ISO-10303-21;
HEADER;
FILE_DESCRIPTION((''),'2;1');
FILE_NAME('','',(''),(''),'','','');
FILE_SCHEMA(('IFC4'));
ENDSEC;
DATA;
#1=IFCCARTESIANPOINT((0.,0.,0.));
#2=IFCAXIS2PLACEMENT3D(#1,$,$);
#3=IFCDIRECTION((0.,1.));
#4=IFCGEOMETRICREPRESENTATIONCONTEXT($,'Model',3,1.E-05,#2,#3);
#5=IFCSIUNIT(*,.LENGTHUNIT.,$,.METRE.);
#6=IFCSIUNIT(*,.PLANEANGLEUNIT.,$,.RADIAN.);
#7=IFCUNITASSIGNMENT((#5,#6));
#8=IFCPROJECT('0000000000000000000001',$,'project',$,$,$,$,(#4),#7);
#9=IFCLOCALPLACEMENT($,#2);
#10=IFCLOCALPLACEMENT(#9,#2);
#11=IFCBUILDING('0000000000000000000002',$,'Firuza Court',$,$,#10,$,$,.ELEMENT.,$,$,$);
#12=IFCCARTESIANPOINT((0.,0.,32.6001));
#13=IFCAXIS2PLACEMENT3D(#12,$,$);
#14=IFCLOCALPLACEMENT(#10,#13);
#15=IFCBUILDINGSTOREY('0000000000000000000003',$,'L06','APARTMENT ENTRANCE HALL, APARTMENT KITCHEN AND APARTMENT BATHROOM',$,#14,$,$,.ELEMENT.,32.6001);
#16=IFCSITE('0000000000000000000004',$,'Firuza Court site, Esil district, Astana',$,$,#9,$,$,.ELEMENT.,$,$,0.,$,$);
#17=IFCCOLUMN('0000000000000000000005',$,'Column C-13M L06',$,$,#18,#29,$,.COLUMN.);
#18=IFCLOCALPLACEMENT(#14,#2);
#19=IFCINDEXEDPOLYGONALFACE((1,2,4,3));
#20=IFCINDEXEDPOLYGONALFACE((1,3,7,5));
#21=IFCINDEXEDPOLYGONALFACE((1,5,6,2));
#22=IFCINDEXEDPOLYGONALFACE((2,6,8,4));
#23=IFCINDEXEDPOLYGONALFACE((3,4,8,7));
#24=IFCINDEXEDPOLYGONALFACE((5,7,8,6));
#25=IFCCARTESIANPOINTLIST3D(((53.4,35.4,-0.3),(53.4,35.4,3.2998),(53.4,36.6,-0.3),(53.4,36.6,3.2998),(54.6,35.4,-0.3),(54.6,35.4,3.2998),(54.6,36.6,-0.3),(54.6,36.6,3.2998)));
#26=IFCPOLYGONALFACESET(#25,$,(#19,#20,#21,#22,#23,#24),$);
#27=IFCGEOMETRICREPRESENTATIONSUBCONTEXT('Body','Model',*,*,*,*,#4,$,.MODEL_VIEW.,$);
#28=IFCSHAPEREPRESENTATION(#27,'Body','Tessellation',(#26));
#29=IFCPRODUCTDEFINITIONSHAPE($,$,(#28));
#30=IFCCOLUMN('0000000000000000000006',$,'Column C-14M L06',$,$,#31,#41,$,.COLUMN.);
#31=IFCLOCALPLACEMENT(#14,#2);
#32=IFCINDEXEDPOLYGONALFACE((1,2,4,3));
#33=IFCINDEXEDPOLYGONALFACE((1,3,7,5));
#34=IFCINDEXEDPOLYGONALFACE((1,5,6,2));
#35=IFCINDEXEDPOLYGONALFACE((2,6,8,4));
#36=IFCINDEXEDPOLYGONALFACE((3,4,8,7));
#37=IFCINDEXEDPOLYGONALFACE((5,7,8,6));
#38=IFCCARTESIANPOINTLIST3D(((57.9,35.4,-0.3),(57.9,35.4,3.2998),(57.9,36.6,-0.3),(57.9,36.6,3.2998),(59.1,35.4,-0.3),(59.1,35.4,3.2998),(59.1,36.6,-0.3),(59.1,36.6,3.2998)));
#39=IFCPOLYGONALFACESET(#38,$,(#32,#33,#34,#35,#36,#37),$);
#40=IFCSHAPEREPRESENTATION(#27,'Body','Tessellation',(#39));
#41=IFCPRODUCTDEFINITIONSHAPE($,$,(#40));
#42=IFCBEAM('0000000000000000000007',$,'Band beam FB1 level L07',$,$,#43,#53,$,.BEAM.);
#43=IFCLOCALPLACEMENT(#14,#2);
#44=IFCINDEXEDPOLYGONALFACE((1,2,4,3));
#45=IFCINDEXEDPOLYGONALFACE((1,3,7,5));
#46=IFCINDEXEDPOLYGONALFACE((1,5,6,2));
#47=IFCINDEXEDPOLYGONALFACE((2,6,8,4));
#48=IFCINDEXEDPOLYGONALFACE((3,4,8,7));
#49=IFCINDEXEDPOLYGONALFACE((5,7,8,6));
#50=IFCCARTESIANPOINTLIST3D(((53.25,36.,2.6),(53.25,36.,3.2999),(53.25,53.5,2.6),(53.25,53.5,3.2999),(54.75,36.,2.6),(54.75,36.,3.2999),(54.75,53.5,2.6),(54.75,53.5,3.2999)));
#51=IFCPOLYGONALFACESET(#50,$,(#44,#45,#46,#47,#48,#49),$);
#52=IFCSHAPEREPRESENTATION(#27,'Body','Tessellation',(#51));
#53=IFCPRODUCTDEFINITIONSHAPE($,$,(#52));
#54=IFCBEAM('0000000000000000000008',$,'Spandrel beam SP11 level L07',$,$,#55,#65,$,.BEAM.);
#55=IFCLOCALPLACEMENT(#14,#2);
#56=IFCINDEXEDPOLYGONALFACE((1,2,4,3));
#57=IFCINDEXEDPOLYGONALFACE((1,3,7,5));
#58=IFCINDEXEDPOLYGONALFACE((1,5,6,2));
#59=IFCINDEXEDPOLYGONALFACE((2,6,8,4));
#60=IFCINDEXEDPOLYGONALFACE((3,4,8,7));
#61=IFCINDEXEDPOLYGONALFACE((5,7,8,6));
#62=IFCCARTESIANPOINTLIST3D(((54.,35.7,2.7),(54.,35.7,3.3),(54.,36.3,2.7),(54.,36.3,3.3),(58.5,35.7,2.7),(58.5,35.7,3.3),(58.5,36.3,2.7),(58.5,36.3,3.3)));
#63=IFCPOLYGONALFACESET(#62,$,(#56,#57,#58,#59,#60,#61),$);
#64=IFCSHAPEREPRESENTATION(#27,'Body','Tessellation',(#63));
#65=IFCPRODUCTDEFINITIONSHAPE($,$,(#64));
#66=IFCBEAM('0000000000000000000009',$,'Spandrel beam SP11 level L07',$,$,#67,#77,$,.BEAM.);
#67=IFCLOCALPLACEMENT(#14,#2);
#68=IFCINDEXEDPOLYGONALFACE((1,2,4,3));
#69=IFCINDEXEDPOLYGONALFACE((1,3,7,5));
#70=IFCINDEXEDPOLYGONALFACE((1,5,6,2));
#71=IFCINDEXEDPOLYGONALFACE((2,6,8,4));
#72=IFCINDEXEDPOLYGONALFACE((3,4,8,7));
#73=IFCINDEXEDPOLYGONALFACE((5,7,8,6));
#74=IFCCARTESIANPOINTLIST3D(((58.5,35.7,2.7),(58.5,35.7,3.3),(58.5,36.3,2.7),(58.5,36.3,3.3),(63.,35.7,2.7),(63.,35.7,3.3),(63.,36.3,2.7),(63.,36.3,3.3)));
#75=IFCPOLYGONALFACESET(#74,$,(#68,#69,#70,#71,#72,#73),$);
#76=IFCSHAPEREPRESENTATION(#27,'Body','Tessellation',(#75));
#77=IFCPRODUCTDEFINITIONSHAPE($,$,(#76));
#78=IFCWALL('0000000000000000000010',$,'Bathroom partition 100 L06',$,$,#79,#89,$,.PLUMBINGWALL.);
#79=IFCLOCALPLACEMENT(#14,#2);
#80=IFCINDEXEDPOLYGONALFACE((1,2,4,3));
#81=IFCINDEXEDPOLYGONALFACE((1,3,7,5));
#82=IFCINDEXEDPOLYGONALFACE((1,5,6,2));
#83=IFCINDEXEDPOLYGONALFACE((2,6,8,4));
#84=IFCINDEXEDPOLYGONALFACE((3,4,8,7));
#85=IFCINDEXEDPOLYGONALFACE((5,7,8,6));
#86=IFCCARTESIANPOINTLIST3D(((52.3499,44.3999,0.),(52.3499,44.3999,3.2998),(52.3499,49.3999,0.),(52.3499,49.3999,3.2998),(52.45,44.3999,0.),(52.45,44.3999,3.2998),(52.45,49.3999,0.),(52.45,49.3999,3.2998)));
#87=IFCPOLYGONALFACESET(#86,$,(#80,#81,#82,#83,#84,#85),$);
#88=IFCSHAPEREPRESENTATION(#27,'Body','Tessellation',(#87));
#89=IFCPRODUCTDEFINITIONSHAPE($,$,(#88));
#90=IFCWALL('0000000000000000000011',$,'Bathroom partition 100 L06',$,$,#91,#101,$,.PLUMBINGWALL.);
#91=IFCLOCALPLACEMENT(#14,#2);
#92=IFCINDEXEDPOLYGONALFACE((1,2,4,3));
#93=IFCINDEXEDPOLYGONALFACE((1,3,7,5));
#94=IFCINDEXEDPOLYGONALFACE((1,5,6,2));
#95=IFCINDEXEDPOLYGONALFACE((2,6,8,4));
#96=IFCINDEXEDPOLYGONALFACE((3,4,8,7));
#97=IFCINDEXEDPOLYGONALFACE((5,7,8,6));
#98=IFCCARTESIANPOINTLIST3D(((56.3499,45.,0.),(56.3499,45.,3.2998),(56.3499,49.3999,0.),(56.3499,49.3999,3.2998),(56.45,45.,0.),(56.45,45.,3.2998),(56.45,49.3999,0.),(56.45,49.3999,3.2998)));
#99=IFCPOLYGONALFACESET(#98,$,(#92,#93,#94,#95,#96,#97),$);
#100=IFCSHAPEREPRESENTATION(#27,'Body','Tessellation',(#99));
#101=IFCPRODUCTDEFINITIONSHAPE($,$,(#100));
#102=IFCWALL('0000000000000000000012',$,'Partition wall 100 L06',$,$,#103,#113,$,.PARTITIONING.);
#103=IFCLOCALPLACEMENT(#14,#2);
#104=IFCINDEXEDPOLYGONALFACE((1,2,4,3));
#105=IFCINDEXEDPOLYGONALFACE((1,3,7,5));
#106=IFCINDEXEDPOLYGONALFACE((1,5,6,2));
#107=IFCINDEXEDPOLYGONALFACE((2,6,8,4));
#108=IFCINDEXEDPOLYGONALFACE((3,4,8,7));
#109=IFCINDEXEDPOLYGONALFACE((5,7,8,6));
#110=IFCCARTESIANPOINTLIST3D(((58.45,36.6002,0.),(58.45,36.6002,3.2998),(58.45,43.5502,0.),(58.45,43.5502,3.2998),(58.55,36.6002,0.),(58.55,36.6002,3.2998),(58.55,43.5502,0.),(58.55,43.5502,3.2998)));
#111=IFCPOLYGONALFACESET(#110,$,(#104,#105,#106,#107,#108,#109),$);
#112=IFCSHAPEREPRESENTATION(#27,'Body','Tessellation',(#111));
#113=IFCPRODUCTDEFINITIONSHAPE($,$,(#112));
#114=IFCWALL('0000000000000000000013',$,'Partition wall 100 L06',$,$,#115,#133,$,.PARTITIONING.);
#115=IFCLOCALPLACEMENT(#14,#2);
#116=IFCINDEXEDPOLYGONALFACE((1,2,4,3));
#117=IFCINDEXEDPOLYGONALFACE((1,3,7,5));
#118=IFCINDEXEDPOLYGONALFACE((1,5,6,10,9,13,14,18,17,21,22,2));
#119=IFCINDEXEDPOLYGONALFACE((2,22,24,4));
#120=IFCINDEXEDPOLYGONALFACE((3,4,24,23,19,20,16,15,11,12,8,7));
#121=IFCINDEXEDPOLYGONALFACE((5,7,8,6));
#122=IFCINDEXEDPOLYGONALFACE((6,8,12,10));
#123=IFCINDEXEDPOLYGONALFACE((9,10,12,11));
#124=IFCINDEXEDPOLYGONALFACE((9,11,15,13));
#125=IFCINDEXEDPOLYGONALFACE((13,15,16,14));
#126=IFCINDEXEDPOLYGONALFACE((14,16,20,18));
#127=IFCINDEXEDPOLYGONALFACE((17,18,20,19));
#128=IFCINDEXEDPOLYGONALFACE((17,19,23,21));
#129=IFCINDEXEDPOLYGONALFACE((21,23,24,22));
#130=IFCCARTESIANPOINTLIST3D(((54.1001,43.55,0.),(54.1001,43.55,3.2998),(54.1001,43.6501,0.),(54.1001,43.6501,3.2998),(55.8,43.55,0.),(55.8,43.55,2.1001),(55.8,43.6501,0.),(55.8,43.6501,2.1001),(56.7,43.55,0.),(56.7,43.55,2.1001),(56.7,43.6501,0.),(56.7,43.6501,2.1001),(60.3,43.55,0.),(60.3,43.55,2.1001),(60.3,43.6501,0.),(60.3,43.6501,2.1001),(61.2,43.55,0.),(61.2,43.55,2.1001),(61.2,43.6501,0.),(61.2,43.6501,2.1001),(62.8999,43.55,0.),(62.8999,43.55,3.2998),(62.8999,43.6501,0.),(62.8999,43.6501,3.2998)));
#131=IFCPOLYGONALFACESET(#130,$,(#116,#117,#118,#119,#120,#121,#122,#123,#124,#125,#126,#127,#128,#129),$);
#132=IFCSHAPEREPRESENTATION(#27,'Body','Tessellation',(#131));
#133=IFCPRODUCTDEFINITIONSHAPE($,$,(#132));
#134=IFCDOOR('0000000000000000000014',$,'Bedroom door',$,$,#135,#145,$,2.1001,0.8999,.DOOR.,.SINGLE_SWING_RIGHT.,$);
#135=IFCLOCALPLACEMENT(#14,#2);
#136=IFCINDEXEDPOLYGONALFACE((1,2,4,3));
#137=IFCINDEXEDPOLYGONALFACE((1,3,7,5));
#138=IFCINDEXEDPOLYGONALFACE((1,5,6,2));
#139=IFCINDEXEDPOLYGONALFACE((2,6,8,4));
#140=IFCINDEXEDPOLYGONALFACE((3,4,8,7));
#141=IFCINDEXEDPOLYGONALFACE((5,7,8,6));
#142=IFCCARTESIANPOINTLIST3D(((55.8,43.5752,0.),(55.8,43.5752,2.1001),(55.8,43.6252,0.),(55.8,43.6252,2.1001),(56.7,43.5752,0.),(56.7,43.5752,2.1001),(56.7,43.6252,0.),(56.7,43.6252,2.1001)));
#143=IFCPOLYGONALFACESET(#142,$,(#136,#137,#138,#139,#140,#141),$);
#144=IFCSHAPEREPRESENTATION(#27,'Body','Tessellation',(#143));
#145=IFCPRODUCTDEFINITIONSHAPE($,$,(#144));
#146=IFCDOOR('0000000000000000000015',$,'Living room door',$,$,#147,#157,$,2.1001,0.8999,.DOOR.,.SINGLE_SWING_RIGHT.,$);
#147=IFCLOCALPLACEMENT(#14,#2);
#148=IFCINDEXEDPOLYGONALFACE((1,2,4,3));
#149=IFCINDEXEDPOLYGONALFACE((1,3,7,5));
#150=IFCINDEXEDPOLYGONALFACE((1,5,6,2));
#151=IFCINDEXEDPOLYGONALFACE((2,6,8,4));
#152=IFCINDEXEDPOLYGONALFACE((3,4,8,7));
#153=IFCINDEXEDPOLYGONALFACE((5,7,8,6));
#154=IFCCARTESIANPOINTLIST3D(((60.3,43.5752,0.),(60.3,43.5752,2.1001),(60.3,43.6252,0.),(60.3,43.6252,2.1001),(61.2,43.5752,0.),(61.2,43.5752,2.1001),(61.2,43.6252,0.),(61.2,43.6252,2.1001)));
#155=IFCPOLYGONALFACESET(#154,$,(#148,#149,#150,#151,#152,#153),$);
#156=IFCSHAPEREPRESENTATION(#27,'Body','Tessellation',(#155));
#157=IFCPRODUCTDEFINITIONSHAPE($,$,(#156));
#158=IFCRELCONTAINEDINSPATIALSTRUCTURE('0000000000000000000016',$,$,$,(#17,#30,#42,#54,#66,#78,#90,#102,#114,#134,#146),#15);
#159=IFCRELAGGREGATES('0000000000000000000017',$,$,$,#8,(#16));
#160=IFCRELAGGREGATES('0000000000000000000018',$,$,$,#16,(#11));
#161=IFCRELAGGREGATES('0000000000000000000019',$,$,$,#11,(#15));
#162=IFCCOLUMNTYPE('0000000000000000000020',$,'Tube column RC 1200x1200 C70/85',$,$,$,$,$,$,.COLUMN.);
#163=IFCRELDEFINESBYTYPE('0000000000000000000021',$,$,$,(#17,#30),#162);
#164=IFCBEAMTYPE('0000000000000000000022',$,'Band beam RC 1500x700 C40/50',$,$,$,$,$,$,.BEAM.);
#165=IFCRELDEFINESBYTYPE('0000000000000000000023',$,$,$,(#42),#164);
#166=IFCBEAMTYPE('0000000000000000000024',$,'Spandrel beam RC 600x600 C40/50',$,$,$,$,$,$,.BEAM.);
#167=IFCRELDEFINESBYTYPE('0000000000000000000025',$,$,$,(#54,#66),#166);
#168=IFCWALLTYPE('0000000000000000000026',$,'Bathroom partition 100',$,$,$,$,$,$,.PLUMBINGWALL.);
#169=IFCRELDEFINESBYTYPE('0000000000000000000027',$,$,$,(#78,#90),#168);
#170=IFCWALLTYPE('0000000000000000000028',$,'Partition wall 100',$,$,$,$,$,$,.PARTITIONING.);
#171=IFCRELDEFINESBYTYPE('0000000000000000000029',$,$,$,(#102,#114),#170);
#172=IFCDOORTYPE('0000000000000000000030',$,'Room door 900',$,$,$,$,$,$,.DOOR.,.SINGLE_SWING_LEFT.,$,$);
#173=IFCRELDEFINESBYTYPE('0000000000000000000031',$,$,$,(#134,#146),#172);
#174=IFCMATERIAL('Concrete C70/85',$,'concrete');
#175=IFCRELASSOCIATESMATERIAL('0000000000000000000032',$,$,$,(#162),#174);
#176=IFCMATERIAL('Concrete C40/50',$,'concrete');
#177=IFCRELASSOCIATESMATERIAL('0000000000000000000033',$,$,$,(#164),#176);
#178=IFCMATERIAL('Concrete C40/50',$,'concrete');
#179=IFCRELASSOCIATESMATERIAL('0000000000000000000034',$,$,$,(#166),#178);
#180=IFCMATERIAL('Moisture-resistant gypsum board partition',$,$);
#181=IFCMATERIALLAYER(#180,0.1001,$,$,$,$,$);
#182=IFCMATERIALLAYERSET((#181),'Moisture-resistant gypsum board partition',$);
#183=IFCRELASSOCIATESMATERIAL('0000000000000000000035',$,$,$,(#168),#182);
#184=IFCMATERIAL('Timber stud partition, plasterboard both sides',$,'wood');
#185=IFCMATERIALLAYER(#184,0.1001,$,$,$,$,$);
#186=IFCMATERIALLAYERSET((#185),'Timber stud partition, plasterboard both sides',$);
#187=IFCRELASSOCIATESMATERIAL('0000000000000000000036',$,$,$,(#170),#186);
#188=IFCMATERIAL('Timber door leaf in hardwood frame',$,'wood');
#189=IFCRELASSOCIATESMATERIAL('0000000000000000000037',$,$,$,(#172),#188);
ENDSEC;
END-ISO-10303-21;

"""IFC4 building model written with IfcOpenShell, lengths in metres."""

from ifc_helpers import new_model, si_unit, direction, frame, frame_2d, origin, origin_2d, place, context, subcontext, project, spatial, rectangle, extrude, material, layer, layer_set, material_profile, profile_set, type_object, element, fill, save


model = new_model("IFC4")

# Units and contexts
model_context = context("Model", 3, precision=1e-05, world=origin(), true_north=direction((0.0, 1.0)))
body_context = subcontext(model_context, "Body", "Model", "MODEL_VIEW")
ifc_project = project(units=[si_unit("LENGTHUNIT", "METRE"), si_unit("PLANEANGLEUNIT", "RADIAN")], contexts=[model_context])

# Site, building, storey
site_placement = place(None, origin())
site = spatial("IfcSite", under=ifc_project, at=site_placement, Name="Firuza Court site, Esil district, Astana", CompositionType="ELEMENT", RefElevation=0.0)
building_placement = place(site_placement, origin())
building = spatial("IfcBuilding", under=site, at=building_placement, Name="Firuza Court", CompositionType="ELEMENT")
storey_placement = place(building_placement, frame((0.0, 0.0, 32.6001)))
storey = spatial("IfcBuildingStorey", under=building, at=storey_placement, Name="L06", Description="APARTMENT ENTRANCE HALL, APARTMENT KITCHEN AND APARTMENT BATHROOM", CompositionType="ELEMENT", Elevation=32.6001)

# Columns
ifc_material_1 = material(Name="Concrete C70/85", Category="concrete")
ifc_material_profile_1 = material_profile(ifc_material_1, rectangle(XDim=1.2, YDim=1.2, at=origin_2d()), Name="RC 1200x1200")
ifc_profile_set_1 = profile_set([ifc_material_profile_1], Name="Concrete C70/85")
column_type = type_object("IfcColumnType", Name="Tube column RC 1200x1200 C70/85", PredefinedType="COLUMN", material=ifc_profile_set_1)
for number, where, z_axis, x_axis, name in (
    (1, (54.0, 36.0, -0.3), (0.0, 0.0, 1.0), (1.0, 0.0, 0.0), "Column C-13M L06"),
    (2, (58.5, 36.0, -0.3), (0.0, 0.0, 1.0), (1.0, 0.0, 0.0), "Column C-14M L06"),
):
    element("IfcColumn", number, at=place(storey_placement, frame(where, z_axis=z_axis, x_axis=x_axis)), inside=storey, type_object=column_type, Name=name, PredefinedType="COLUMN", context=body_context, shape_type="SweptSolid", body=[
        extrude(rectangle(XDim=1.2, YDim=1.2, at=origin_2d()), origin(), (0.0, 0.0, 1.0), 3.5999),
    ])

# Beams
ifc_material_2 = material(Name="Concrete C40/50", Category="concrete")
ifc_material_profile_2 = material_profile(ifc_material_2, rectangle(XDim=1.5, YDim=0.7, at=origin_2d()), Name="RC 1500x700")
ifc_profile_set_2 = profile_set([ifc_material_profile_2], Name="Concrete C40/50")
beam_type_1 = type_object("IfcBeamType", Name="Band beam RC 1500x700 C40/50", PredefinedType="BEAM", material=ifc_profile_set_2)
beam_placement = place(storey_placement, frame((54.0, 36.0, 2.95), z_axis=(0.0, 1.0, 0.0), x_axis=(-1.0, 0.0, 0.0)))
element("IfcBeam", 3, at=beam_placement, inside=storey, type_object=beam_type_1, Name="Band beam FB1 level L07", PredefinedType="BEAM", context=body_context, shape_type="SweptSolid", body=[
    extrude(rectangle(XDim=1.5, YDim=0.7, at=origin_2d()), origin(), (0.0, 0.0, 1.0), 17.5),
])
ifc_material_3 = material(Name="Concrete C40/50", Category="concrete")
ifc_material_profile_3 = material_profile(ifc_material_3, rectangle(XDim=0.6001, YDim=0.6001, at=origin_2d()), Name="RC 600x600")
ifc_profile_set_3 = profile_set([ifc_material_profile_3], Name="Concrete C40/50")
beam_type_2 = type_object("IfcBeamType", Name="Spandrel beam RC 600x600 C40/50", PredefinedType="BEAM", material=ifc_profile_set_3)
for number, where, z_axis, x_axis, name in (
    (4, (54.0, 36.0, 3.0), (1.0, 0.0, 0.0), (0.0, 1.0, 0.0), "Spandrel beam SP11 level L07"),
    (5, (58.5, 36.0, 3.0), (1.0, 0.0, 0.0), (0.0, 1.0, 0.0), "Spandrel beam SP11 level L07"),
):
    element("IfcBeam", number, at=place(storey_placement, frame(where, z_axis=z_axis, x_axis=x_axis)), inside=storey, type_object=beam_type_2, Name=name, PredefinedType="BEAM", context=body_context, shape_type="SweptSolid", body=[
        extrude(rectangle(XDim=0.6001, YDim=0.6001, at=origin_2d()), origin(), (0.0, 0.0, 1.0), 4.5),
    ])

# Walls
ifc_material_4 = material(Name="Moisture-resistant gypsum board partition")
ifc_layer_1 = layer(ifc_material_4, 0.1001)
ifc_layer_set_1 = layer_set([ifc_layer_1], Name="Moisture-resistant gypsum board partition")
wall_type_1 = type_object("IfcWallType", Name="Bathroom partition 100", PredefinedType="PLUMBINGWALL", material=ifc_layer_set_1)
wall_1_placement = place(storey_placement, frame((52.3999, 44.3999, 0.0), z_axis=(0.0, 0.0, 1.0), x_axis=(0.0, 1.0, 0.0)))
element("IfcWall", 6, at=wall_1_placement, inside=storey, type_object=wall_type_1, Name="Bathroom partition 100 L06", PredefinedType="PLUMBINGWALL", context=body_context, shape_type="SweptSolid", body=[
    extrude(rectangle(XDim=5.0, YDim=0.1001, at=frame_2d((2.5, 0.0))), origin(), (0.0, 0.0, 1.0), 3.2998),
])
wall_2_placement = place(storey_placement, frame((56.3999, 45.0, 0.0), z_axis=(0.0, 0.0, 1.0), x_axis=(0.0, 1.0, 0.0)))
element("IfcWall", 7, at=wall_2_placement, inside=storey, type_object=wall_type_1, Name="Bathroom partition 100 L06", PredefinedType="PLUMBINGWALL", context=body_context, shape_type="SweptSolid", body=[
    extrude(rectangle(XDim=4.3999, YDim=0.1001, at=frame_2d((2.2, 0.0))), origin(), (0.0, 0.0, 1.0), 3.2998),
])
ifc_material_5 = material(Name="Timber stud partition, plasterboard both sides", Category="wood")
ifc_layer_2 = layer(ifc_material_5, 0.1001)
ifc_layer_set_2 = layer_set([ifc_layer_2], Name="Timber stud partition, plasterboard both sides")
wall_type_2 = type_object("IfcWallType", Name="Partition wall 100", PredefinedType="PARTITIONING", material=ifc_layer_set_2)
wall_3_placement = place(storey_placement, frame((58.5, 36.6001, 0.0), z_axis=(0.0, 0.0, 1.0), x_axis=(0.0, 1.0, 0.0)))
element("IfcWall", 8, at=wall_3_placement, inside=storey, type_object=wall_type_2, Name="Partition wall 100 L06", PredefinedType="PARTITIONING", context=body_context, shape_type="SweptSolid", body=[
    extrude(rectangle(XDim=6.95, YDim=0.1001, at=frame_2d((3.4751, 0.0))), origin(), (0.0, 0.0, 1.0), 3.2998),
])

# Wall, openings, doors
wall_4_placement = place(storey_placement, frame((54.1001, 43.6001, 0.0), z_axis=(0.0, 0.0, 1.0), x_axis=(1.0, 0.0, 0.0)))
wall_4 = element("IfcWall", 9, at=wall_4_placement, inside=storey, type_object=wall_type_2, Name="Partition wall 100 L06", PredefinedType="PARTITIONING", context=body_context, shape_type="SweptSolid", body=[
    extrude(rectangle(XDim=8.7998, YDim=0.1001, at=frame_2d((4.3999, 0.0))), origin(), (0.0, 0.0, 1.0), 3.2998),
])
opening_1_placement = place(wall_4_placement, frame((1.7, 0.0, 0.0)))
opening_1 = element("IfcOpeningElement", 10, at=opening_1_placement, cuts=wall_4, PredefinedType="OPENING", context=body_context, shape_type="SweptSolid", body=[
    extrude(rectangle(XDim=0.8999, YDim=2.1001, at=frame_2d((0.45, 1.05))), frame((0.0, 0.062, 0.0), z_axis=(0.0, -1.0, 0.0), x_axis=(1.0, 0.0, 0.0)), (0.0, 0.0, 1.0), 0.124),
])
opening_2_placement = place(wall_4_placement, frame((6.2, 0.0, 0.0)))
opening_2 = element("IfcOpeningElement", 11, at=opening_2_placement, cuts=wall_4, PredefinedType="OPENING", context=body_context, shape_type="SweptSolid", body=[
    extrude(rectangle(XDim=0.8999, YDim=2.1001, at=frame_2d((0.45, 1.05))), frame((0.0, 0.062, 0.0), z_axis=(0.0, -1.0, 0.0), x_axis=(1.0, 0.0, 0.0)), (0.0, 0.0, 1.0), 0.124),
])
ifc_material_6 = material(Name="Timber door leaf in hardwood frame", Category="wood")
door_type_1 = type_object("IfcDoorType", Name="Room door 900", OperationType="SINGLE_SWING_LEFT", PredefinedType="DOOR", material=ifc_material_6)
door_1_placement = place(opening_1_placement, frame((0.8999, 0.0, 0.0), z_axis=(0.0, 0.0, 1.0), x_axis=(-1.0, 0.0, 0.0)))
door_1 = element("IfcDoor", 12, at=door_1_placement, inside=storey, type_object=door_type_1, Name="Bedroom door", OperationType="SINGLE_SWING_RIGHT", OverallHeight=2.1001, OverallWidth=0.8999, PredefinedType="DOOR", context=body_context, shape_type="SweptSolid", body=[
    extrude(rectangle(XDim=0.8999, YDim=2.1001, at=frame_2d((0.45, 1.05))), frame((0.0, 0.0249, 0.0), z_axis=(0.0, -1.0, 0.0), x_axis=(1.0, 0.0, 0.0)), (0.0, 0.0, 1.0), 0.05),
])
fill(opening_1, door_1)
door_2_placement = place(opening_2_placement, frame((0.8999, 0.0, 0.0), z_axis=(0.0, 0.0, 1.0), x_axis=(-1.0, 0.0, 0.0)))
door_2 = element("IfcDoor", 13, at=door_2_placement, inside=storey, type_object=door_type_1, Name="Living room door", OperationType="SINGLE_SWING_RIGHT", OverallHeight=2.1001, OverallWidth=0.8999, PredefinedType="DOOR", context=body_context, shape_type="SweptSolid", body=[
    extrude(rectangle(XDim=0.8999, YDim=2.1001, at=frame_2d((0.45, 1.05))), frame((0.0, 0.0249, 0.0), z_axis=(0.0, -1.0, 0.0), x_axis=(1.0, 0.0, 0.0)), (0.0, 0.0, 1.0), 0.05),
])
fill(opening_2, door_2)

save(model, "model.ifc")
